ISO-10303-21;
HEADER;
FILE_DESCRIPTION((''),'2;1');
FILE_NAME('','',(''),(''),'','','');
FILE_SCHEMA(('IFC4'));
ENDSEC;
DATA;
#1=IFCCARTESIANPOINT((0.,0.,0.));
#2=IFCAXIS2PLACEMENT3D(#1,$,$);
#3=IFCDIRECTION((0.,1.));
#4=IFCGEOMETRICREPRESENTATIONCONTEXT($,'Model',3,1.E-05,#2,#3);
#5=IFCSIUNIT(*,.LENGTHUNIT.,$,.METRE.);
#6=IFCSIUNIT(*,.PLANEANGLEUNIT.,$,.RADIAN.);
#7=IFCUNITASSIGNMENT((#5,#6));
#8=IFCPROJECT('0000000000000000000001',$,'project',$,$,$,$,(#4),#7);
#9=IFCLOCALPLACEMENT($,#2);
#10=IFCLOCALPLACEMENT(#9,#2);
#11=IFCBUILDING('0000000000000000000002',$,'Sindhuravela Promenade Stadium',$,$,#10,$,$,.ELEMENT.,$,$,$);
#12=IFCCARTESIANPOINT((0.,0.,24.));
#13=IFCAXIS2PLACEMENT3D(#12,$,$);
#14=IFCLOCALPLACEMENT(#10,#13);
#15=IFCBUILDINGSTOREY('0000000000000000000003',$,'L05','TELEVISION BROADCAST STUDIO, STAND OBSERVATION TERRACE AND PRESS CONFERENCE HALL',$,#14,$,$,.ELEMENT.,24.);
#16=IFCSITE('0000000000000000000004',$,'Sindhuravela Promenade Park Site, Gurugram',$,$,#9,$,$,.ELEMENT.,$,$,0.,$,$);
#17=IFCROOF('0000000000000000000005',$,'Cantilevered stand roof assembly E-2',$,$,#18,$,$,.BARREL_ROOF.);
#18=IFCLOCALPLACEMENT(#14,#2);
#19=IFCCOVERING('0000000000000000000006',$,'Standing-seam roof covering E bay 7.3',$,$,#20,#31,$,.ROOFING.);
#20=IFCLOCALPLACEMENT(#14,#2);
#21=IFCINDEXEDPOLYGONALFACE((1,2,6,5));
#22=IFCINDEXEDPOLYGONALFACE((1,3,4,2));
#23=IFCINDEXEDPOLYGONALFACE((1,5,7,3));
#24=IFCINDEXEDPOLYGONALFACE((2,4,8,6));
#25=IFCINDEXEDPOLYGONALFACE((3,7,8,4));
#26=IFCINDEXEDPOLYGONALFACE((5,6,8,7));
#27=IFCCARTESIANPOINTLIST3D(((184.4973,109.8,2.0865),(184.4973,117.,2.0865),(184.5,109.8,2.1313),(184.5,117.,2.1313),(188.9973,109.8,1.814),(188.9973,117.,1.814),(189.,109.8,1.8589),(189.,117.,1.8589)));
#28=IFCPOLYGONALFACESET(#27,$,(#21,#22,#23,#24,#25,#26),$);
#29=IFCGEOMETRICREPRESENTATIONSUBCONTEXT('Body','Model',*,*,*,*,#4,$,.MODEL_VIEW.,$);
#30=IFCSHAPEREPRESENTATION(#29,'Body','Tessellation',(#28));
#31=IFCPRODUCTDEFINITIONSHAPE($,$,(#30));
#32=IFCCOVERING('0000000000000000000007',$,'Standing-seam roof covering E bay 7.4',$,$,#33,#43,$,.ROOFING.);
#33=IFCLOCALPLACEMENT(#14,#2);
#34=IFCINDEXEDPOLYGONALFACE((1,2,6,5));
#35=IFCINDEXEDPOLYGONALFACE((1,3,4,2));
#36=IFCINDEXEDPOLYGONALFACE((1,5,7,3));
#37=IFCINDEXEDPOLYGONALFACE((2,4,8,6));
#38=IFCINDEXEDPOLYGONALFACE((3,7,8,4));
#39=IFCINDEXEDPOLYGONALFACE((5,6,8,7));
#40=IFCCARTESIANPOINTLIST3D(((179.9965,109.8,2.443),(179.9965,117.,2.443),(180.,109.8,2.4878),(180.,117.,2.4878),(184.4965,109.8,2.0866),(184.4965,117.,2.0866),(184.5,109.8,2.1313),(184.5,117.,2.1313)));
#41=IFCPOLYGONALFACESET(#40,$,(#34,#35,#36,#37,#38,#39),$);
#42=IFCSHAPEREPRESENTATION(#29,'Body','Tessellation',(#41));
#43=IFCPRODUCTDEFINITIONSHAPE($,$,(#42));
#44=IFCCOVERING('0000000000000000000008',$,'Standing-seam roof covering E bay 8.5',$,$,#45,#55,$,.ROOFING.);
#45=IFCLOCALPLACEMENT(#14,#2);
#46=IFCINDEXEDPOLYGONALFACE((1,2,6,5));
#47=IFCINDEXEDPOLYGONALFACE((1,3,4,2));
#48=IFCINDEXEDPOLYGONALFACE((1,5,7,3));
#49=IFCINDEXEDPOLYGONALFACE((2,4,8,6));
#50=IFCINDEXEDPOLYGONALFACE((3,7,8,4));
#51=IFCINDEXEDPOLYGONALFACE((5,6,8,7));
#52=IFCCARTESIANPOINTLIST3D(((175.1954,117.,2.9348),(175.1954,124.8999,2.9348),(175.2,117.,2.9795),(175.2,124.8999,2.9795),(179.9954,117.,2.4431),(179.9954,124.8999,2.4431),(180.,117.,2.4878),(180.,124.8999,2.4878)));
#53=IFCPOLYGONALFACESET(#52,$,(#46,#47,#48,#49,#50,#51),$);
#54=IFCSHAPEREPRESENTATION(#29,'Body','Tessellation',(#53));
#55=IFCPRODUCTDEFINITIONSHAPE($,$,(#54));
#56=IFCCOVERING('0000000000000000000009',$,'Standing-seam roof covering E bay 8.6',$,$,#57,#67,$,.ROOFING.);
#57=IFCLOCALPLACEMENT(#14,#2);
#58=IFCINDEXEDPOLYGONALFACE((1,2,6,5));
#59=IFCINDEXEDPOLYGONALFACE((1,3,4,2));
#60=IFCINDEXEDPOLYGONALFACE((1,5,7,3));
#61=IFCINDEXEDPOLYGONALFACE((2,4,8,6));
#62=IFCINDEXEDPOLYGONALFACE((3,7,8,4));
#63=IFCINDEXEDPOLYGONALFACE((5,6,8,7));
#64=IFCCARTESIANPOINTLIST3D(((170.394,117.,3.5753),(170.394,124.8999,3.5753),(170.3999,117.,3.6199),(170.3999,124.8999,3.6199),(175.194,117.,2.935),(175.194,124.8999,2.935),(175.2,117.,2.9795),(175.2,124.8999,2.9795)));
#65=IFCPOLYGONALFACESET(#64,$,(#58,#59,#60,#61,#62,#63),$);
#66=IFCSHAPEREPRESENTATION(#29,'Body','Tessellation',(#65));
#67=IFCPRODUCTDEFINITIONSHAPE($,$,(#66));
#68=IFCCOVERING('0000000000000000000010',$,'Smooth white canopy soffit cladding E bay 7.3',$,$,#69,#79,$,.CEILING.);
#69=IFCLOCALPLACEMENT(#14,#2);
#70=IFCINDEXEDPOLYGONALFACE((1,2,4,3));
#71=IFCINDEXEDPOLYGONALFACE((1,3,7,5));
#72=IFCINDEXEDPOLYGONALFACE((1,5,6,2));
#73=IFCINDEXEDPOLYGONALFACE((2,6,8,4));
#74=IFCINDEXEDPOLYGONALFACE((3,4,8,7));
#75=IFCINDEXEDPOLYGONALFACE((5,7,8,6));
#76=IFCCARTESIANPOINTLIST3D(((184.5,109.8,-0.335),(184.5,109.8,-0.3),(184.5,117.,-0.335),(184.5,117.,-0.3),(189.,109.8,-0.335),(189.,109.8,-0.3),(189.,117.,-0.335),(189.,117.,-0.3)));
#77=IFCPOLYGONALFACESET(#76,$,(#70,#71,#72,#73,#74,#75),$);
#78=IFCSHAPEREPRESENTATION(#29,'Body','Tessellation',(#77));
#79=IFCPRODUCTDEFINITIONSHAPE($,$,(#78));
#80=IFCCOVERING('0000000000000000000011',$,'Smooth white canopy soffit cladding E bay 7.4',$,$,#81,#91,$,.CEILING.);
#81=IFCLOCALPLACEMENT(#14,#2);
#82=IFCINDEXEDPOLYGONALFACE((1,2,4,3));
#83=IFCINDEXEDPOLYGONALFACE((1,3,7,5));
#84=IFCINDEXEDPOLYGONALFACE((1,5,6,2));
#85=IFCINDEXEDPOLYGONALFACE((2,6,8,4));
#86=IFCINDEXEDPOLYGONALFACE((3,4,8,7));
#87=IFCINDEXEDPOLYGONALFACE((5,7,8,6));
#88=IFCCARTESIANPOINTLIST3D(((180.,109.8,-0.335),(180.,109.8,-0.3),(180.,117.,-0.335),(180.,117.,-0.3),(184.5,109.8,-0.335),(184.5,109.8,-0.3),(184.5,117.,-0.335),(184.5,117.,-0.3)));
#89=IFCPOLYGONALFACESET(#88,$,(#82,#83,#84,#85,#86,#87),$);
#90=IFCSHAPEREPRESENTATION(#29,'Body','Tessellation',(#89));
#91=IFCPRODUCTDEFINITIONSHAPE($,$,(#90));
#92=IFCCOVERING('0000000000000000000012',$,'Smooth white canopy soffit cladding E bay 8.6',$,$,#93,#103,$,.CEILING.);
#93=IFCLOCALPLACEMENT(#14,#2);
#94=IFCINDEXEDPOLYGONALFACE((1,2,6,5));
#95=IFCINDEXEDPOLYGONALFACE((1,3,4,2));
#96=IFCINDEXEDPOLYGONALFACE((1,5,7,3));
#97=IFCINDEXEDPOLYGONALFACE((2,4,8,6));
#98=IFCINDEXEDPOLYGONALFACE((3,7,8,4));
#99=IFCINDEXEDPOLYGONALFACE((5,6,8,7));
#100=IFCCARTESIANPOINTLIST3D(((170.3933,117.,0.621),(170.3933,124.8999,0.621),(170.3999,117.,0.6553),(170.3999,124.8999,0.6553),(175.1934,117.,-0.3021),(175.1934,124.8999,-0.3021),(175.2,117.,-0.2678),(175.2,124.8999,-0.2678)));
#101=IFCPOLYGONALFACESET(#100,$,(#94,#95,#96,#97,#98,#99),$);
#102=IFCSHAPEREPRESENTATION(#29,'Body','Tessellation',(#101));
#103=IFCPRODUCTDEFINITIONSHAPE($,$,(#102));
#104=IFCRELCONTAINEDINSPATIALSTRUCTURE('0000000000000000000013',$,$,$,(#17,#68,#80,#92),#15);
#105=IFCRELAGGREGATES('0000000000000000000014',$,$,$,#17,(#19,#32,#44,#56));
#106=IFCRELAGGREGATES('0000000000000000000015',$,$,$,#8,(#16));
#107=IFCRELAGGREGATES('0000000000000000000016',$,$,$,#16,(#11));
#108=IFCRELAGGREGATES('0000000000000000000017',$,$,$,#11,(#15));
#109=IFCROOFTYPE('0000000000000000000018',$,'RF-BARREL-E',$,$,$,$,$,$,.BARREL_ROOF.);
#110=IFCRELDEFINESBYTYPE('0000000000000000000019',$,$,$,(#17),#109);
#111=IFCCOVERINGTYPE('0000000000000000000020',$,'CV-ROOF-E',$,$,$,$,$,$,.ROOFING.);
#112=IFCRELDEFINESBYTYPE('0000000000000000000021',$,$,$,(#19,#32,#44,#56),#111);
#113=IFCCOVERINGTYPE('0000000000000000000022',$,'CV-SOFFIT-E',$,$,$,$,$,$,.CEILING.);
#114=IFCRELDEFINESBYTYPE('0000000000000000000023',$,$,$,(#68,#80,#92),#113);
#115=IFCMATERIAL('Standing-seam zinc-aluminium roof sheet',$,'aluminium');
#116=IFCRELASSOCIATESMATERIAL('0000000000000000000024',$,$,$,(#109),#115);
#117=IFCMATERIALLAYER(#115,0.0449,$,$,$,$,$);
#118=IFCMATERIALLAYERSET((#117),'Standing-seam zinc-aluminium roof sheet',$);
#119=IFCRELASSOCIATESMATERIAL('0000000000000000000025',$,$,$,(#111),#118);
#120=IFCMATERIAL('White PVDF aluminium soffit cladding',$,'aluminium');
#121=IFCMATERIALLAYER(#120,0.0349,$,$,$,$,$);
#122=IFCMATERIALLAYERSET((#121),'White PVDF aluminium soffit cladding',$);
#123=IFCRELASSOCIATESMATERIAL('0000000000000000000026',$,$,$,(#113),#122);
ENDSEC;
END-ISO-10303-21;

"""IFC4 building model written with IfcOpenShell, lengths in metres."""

from ifc_helpers import new_model, si_unit, direction, frame, origin, place, context, subcontext, project, spatial, polyline, outline, extrude, material, layer, layer_set, type_object, element, aggregate, save


model = new_model("IFC4")

# Units and contexts
model_context = context("Model", 3, precision=1e-05, world=origin(), true_north=direction((0.0, 1.0)))
body_context = subcontext(model_context, "Body", "Model", "MODEL_VIEW")
ifc_project = project(units=[si_unit("LENGTHUNIT", "METRE"), si_unit("PLANEANGLEUNIT", "RADIAN")], contexts=[model_context])

# Site, building, storey
site_placement = place(None, origin())
site = spatial("IfcSite", under=ifc_project, at=site_placement, Name="Sindhuravela Promenade Park Site, Gurugram", CompositionType="ELEMENT", RefElevation=0.0)
building_placement = place(site_placement, origin())
building = spatial("IfcBuilding", under=site, at=building_placement, Name="Sindhuravela Promenade Stadium", CompositionType="ELEMENT")
storey_placement = place(building_placement, frame((0.0, 0.0, 24.0)))
storey = spatial("IfcBuildingStorey", under=building, at=storey_placement, Name="L05", Description="TELEVISION BROADCAST STUDIO, STAND OBSERVATION TERRACE AND PRESS CONFERENCE HALL", CompositionType="ELEMENT", Elevation=24.0)

# Roof, coverings
ifc_material_1 = material(Name="Standing-seam zinc-aluminium roof sheet", Category="aluminium")
roof_type = type_object("IfcRoofType", Name="RF-BARREL-E", PredefinedType="BARREL_ROOF", material=ifc_material_1)
roof_placement = place(storey_placement, origin())
roof = element("IfcRoof", 1, at=roof_placement, inside=storey, type_object=roof_type, Name="Cantilevered stand roof assembly E-2", PredefinedType="BARREL_ROOF")
ifc_layer_1 = layer(ifc_material_1, 0.0449)
ifc_layer_set_1 = layer_set([ifc_layer_1], Name="Standing-seam zinc-aluminium roof sheet")
covering_type_1 = type_object("IfcCoveringType", Name="CV-ROOF-E", PredefinedType="ROOFING", material=ifc_layer_set_1)
covering_1_placement = place(storey_placement, frame((189.0, 109.8, 1.8589), z_axis=(0.060436, 0.0, 0.998172), x_axis=(0.0, 1.0, 0.0)))
covering_1 = element("IfcCovering", 2, at=covering_1_placement, type_object=covering_type_1, Name="Standing-seam roof covering E bay 7.3", PredefinedType="ROOFING", context=body_context, shape_type="SweptSolid", body=[
    extrude(outline(polyline([(0.0, 0.0), (7.2, 0.0), (7.2, 4.5082), (0.0, 4.5082), (0.0, 0.0)])), origin(), (0.0, 0.0, -1.0), 0.0449),
])
covering_2_placement = place(storey_placement, frame((184.5, 109.8, 2.1313), z_axis=(0.078963, 0.0, 0.996878), x_axis=(0.0, 1.0, 0.0)))
covering_2 = element("IfcCovering", 3, at=covering_2_placement, type_object=covering_type_1, Name="Standing-seam roof covering E bay 7.4", PredefinedType="ROOFING", context=body_context, shape_type="SweptSolid", body=[
    extrude(outline(polyline([(0.0, 0.0), (7.2, 0.0), (7.2, 4.5141), (0.0, 4.5141), (0.0, 0.0)])), origin(), (0.0, 0.0, -1.0), 0.0449),
])
covering_3_placement = place(storey_placement, frame((180.0, 117.0, 2.4878), z_axis=(0.101903, 0.0, 0.994794), x_axis=(0.0, 1.0, 0.0)))
covering_3 = element("IfcCovering", 4, at=covering_3_placement, type_object=covering_type_1, Name="Standing-seam roof covering E bay 8.5", PredefinedType="ROOFING", context=body_context, shape_type="SweptSolid", body=[
    extrude(outline(polyline([(0.0, 0.0), (7.8999, 0.0), (7.8999, 4.8252), (0.0, 4.8252), (0.0, 0.0)])), origin(), (0.0, 0.0, -1.0), 0.0449),
])
covering_4_placement = place(storey_placement, frame((175.2, 117.0, 2.9795), z_axis=(0.13224, 0.0, 0.991218), x_axis=(0.0, 1.0, 0.0)))
covering_4 = element("IfcCovering", 5, at=covering_4_placement, type_object=covering_type_1, Name="Standing-seam roof covering E bay 8.6", PredefinedType="ROOFING", context=body_context, shape_type="SweptSolid", body=[
    extrude(outline(polyline([(0.0, 0.0), (7.8999, 0.0), (7.8999, 4.8426), (0.0, 4.8426), (0.0, 0.0)])), origin(), (0.0, 0.0, -1.0), 0.0449),
])
aggregate(roof, [covering_1, covering_2, covering_3, covering_4])

# Coverings
ifc_material_2 = material(Name="White PVDF aluminium soffit cladding", Category="aluminium")
ifc_layer_2 = layer(ifc_material_2, 0.0349)
ifc_layer_set_2 = layer_set([ifc_layer_2], Name="White PVDF aluminium soffit cladding")
covering_type_2 = type_object("IfcCoveringType", Name="CV-SOFFIT-E", PredefinedType="CEILING", material=ifc_layer_set_2)
for number, where, z_axis, x_axis, name in (
    (6, (189.0, 109.8, -0.3), (0.0, 0.0, 1.0), (0.0, 1.0, 0.0), "Smooth white canopy soffit cladding E bay 7.3"),
    (7, (184.5, 109.8, -0.3), (0.0, 0.0, 1.0), (0.0, 1.0, 0.0), "Smooth white canopy soffit cladding E bay 7.4"),
):
    element("IfcCovering", number, at=place(storey_placement, frame(where, z_axis=z_axis, x_axis=x_axis)), inside=storey, type_object=covering_type_2, Name=name, PredefinedType="CEILING", context=body_context, shape_type="SweptSolid", body=[
        extrude(outline(polyline([(0.0, 0.0), (7.2, 0.0), (7.2, 4.5), (0.0, 4.5), (0.0, 0.0)])), origin(), (0.0, 0.0, -1.0), 0.0349),
    ])
covering_5_placement = place(storey_placement, frame((175.2, 117.0, -0.2678), z_axis=(0.188849, 0.0, 0.982006), x_axis=(0.0, 1.0, 0.0)))
element("IfcCovering", 8, at=covering_5_placement, inside=storey, type_object=covering_type_2, Name="Smooth white canopy soffit cladding E bay 8.6", PredefinedType="CEILING", context=body_context, shape_type="SweptSolid", body=[
    extrude(outline(polyline([(0.0, 0.0), (7.8999, 0.0), (7.8999, 4.888), (0.0, 4.888), (0.0, 0.0)])), origin(), (0.0, 0.0, -1.0), 0.0349),
])

save(model, "model.ifc")
